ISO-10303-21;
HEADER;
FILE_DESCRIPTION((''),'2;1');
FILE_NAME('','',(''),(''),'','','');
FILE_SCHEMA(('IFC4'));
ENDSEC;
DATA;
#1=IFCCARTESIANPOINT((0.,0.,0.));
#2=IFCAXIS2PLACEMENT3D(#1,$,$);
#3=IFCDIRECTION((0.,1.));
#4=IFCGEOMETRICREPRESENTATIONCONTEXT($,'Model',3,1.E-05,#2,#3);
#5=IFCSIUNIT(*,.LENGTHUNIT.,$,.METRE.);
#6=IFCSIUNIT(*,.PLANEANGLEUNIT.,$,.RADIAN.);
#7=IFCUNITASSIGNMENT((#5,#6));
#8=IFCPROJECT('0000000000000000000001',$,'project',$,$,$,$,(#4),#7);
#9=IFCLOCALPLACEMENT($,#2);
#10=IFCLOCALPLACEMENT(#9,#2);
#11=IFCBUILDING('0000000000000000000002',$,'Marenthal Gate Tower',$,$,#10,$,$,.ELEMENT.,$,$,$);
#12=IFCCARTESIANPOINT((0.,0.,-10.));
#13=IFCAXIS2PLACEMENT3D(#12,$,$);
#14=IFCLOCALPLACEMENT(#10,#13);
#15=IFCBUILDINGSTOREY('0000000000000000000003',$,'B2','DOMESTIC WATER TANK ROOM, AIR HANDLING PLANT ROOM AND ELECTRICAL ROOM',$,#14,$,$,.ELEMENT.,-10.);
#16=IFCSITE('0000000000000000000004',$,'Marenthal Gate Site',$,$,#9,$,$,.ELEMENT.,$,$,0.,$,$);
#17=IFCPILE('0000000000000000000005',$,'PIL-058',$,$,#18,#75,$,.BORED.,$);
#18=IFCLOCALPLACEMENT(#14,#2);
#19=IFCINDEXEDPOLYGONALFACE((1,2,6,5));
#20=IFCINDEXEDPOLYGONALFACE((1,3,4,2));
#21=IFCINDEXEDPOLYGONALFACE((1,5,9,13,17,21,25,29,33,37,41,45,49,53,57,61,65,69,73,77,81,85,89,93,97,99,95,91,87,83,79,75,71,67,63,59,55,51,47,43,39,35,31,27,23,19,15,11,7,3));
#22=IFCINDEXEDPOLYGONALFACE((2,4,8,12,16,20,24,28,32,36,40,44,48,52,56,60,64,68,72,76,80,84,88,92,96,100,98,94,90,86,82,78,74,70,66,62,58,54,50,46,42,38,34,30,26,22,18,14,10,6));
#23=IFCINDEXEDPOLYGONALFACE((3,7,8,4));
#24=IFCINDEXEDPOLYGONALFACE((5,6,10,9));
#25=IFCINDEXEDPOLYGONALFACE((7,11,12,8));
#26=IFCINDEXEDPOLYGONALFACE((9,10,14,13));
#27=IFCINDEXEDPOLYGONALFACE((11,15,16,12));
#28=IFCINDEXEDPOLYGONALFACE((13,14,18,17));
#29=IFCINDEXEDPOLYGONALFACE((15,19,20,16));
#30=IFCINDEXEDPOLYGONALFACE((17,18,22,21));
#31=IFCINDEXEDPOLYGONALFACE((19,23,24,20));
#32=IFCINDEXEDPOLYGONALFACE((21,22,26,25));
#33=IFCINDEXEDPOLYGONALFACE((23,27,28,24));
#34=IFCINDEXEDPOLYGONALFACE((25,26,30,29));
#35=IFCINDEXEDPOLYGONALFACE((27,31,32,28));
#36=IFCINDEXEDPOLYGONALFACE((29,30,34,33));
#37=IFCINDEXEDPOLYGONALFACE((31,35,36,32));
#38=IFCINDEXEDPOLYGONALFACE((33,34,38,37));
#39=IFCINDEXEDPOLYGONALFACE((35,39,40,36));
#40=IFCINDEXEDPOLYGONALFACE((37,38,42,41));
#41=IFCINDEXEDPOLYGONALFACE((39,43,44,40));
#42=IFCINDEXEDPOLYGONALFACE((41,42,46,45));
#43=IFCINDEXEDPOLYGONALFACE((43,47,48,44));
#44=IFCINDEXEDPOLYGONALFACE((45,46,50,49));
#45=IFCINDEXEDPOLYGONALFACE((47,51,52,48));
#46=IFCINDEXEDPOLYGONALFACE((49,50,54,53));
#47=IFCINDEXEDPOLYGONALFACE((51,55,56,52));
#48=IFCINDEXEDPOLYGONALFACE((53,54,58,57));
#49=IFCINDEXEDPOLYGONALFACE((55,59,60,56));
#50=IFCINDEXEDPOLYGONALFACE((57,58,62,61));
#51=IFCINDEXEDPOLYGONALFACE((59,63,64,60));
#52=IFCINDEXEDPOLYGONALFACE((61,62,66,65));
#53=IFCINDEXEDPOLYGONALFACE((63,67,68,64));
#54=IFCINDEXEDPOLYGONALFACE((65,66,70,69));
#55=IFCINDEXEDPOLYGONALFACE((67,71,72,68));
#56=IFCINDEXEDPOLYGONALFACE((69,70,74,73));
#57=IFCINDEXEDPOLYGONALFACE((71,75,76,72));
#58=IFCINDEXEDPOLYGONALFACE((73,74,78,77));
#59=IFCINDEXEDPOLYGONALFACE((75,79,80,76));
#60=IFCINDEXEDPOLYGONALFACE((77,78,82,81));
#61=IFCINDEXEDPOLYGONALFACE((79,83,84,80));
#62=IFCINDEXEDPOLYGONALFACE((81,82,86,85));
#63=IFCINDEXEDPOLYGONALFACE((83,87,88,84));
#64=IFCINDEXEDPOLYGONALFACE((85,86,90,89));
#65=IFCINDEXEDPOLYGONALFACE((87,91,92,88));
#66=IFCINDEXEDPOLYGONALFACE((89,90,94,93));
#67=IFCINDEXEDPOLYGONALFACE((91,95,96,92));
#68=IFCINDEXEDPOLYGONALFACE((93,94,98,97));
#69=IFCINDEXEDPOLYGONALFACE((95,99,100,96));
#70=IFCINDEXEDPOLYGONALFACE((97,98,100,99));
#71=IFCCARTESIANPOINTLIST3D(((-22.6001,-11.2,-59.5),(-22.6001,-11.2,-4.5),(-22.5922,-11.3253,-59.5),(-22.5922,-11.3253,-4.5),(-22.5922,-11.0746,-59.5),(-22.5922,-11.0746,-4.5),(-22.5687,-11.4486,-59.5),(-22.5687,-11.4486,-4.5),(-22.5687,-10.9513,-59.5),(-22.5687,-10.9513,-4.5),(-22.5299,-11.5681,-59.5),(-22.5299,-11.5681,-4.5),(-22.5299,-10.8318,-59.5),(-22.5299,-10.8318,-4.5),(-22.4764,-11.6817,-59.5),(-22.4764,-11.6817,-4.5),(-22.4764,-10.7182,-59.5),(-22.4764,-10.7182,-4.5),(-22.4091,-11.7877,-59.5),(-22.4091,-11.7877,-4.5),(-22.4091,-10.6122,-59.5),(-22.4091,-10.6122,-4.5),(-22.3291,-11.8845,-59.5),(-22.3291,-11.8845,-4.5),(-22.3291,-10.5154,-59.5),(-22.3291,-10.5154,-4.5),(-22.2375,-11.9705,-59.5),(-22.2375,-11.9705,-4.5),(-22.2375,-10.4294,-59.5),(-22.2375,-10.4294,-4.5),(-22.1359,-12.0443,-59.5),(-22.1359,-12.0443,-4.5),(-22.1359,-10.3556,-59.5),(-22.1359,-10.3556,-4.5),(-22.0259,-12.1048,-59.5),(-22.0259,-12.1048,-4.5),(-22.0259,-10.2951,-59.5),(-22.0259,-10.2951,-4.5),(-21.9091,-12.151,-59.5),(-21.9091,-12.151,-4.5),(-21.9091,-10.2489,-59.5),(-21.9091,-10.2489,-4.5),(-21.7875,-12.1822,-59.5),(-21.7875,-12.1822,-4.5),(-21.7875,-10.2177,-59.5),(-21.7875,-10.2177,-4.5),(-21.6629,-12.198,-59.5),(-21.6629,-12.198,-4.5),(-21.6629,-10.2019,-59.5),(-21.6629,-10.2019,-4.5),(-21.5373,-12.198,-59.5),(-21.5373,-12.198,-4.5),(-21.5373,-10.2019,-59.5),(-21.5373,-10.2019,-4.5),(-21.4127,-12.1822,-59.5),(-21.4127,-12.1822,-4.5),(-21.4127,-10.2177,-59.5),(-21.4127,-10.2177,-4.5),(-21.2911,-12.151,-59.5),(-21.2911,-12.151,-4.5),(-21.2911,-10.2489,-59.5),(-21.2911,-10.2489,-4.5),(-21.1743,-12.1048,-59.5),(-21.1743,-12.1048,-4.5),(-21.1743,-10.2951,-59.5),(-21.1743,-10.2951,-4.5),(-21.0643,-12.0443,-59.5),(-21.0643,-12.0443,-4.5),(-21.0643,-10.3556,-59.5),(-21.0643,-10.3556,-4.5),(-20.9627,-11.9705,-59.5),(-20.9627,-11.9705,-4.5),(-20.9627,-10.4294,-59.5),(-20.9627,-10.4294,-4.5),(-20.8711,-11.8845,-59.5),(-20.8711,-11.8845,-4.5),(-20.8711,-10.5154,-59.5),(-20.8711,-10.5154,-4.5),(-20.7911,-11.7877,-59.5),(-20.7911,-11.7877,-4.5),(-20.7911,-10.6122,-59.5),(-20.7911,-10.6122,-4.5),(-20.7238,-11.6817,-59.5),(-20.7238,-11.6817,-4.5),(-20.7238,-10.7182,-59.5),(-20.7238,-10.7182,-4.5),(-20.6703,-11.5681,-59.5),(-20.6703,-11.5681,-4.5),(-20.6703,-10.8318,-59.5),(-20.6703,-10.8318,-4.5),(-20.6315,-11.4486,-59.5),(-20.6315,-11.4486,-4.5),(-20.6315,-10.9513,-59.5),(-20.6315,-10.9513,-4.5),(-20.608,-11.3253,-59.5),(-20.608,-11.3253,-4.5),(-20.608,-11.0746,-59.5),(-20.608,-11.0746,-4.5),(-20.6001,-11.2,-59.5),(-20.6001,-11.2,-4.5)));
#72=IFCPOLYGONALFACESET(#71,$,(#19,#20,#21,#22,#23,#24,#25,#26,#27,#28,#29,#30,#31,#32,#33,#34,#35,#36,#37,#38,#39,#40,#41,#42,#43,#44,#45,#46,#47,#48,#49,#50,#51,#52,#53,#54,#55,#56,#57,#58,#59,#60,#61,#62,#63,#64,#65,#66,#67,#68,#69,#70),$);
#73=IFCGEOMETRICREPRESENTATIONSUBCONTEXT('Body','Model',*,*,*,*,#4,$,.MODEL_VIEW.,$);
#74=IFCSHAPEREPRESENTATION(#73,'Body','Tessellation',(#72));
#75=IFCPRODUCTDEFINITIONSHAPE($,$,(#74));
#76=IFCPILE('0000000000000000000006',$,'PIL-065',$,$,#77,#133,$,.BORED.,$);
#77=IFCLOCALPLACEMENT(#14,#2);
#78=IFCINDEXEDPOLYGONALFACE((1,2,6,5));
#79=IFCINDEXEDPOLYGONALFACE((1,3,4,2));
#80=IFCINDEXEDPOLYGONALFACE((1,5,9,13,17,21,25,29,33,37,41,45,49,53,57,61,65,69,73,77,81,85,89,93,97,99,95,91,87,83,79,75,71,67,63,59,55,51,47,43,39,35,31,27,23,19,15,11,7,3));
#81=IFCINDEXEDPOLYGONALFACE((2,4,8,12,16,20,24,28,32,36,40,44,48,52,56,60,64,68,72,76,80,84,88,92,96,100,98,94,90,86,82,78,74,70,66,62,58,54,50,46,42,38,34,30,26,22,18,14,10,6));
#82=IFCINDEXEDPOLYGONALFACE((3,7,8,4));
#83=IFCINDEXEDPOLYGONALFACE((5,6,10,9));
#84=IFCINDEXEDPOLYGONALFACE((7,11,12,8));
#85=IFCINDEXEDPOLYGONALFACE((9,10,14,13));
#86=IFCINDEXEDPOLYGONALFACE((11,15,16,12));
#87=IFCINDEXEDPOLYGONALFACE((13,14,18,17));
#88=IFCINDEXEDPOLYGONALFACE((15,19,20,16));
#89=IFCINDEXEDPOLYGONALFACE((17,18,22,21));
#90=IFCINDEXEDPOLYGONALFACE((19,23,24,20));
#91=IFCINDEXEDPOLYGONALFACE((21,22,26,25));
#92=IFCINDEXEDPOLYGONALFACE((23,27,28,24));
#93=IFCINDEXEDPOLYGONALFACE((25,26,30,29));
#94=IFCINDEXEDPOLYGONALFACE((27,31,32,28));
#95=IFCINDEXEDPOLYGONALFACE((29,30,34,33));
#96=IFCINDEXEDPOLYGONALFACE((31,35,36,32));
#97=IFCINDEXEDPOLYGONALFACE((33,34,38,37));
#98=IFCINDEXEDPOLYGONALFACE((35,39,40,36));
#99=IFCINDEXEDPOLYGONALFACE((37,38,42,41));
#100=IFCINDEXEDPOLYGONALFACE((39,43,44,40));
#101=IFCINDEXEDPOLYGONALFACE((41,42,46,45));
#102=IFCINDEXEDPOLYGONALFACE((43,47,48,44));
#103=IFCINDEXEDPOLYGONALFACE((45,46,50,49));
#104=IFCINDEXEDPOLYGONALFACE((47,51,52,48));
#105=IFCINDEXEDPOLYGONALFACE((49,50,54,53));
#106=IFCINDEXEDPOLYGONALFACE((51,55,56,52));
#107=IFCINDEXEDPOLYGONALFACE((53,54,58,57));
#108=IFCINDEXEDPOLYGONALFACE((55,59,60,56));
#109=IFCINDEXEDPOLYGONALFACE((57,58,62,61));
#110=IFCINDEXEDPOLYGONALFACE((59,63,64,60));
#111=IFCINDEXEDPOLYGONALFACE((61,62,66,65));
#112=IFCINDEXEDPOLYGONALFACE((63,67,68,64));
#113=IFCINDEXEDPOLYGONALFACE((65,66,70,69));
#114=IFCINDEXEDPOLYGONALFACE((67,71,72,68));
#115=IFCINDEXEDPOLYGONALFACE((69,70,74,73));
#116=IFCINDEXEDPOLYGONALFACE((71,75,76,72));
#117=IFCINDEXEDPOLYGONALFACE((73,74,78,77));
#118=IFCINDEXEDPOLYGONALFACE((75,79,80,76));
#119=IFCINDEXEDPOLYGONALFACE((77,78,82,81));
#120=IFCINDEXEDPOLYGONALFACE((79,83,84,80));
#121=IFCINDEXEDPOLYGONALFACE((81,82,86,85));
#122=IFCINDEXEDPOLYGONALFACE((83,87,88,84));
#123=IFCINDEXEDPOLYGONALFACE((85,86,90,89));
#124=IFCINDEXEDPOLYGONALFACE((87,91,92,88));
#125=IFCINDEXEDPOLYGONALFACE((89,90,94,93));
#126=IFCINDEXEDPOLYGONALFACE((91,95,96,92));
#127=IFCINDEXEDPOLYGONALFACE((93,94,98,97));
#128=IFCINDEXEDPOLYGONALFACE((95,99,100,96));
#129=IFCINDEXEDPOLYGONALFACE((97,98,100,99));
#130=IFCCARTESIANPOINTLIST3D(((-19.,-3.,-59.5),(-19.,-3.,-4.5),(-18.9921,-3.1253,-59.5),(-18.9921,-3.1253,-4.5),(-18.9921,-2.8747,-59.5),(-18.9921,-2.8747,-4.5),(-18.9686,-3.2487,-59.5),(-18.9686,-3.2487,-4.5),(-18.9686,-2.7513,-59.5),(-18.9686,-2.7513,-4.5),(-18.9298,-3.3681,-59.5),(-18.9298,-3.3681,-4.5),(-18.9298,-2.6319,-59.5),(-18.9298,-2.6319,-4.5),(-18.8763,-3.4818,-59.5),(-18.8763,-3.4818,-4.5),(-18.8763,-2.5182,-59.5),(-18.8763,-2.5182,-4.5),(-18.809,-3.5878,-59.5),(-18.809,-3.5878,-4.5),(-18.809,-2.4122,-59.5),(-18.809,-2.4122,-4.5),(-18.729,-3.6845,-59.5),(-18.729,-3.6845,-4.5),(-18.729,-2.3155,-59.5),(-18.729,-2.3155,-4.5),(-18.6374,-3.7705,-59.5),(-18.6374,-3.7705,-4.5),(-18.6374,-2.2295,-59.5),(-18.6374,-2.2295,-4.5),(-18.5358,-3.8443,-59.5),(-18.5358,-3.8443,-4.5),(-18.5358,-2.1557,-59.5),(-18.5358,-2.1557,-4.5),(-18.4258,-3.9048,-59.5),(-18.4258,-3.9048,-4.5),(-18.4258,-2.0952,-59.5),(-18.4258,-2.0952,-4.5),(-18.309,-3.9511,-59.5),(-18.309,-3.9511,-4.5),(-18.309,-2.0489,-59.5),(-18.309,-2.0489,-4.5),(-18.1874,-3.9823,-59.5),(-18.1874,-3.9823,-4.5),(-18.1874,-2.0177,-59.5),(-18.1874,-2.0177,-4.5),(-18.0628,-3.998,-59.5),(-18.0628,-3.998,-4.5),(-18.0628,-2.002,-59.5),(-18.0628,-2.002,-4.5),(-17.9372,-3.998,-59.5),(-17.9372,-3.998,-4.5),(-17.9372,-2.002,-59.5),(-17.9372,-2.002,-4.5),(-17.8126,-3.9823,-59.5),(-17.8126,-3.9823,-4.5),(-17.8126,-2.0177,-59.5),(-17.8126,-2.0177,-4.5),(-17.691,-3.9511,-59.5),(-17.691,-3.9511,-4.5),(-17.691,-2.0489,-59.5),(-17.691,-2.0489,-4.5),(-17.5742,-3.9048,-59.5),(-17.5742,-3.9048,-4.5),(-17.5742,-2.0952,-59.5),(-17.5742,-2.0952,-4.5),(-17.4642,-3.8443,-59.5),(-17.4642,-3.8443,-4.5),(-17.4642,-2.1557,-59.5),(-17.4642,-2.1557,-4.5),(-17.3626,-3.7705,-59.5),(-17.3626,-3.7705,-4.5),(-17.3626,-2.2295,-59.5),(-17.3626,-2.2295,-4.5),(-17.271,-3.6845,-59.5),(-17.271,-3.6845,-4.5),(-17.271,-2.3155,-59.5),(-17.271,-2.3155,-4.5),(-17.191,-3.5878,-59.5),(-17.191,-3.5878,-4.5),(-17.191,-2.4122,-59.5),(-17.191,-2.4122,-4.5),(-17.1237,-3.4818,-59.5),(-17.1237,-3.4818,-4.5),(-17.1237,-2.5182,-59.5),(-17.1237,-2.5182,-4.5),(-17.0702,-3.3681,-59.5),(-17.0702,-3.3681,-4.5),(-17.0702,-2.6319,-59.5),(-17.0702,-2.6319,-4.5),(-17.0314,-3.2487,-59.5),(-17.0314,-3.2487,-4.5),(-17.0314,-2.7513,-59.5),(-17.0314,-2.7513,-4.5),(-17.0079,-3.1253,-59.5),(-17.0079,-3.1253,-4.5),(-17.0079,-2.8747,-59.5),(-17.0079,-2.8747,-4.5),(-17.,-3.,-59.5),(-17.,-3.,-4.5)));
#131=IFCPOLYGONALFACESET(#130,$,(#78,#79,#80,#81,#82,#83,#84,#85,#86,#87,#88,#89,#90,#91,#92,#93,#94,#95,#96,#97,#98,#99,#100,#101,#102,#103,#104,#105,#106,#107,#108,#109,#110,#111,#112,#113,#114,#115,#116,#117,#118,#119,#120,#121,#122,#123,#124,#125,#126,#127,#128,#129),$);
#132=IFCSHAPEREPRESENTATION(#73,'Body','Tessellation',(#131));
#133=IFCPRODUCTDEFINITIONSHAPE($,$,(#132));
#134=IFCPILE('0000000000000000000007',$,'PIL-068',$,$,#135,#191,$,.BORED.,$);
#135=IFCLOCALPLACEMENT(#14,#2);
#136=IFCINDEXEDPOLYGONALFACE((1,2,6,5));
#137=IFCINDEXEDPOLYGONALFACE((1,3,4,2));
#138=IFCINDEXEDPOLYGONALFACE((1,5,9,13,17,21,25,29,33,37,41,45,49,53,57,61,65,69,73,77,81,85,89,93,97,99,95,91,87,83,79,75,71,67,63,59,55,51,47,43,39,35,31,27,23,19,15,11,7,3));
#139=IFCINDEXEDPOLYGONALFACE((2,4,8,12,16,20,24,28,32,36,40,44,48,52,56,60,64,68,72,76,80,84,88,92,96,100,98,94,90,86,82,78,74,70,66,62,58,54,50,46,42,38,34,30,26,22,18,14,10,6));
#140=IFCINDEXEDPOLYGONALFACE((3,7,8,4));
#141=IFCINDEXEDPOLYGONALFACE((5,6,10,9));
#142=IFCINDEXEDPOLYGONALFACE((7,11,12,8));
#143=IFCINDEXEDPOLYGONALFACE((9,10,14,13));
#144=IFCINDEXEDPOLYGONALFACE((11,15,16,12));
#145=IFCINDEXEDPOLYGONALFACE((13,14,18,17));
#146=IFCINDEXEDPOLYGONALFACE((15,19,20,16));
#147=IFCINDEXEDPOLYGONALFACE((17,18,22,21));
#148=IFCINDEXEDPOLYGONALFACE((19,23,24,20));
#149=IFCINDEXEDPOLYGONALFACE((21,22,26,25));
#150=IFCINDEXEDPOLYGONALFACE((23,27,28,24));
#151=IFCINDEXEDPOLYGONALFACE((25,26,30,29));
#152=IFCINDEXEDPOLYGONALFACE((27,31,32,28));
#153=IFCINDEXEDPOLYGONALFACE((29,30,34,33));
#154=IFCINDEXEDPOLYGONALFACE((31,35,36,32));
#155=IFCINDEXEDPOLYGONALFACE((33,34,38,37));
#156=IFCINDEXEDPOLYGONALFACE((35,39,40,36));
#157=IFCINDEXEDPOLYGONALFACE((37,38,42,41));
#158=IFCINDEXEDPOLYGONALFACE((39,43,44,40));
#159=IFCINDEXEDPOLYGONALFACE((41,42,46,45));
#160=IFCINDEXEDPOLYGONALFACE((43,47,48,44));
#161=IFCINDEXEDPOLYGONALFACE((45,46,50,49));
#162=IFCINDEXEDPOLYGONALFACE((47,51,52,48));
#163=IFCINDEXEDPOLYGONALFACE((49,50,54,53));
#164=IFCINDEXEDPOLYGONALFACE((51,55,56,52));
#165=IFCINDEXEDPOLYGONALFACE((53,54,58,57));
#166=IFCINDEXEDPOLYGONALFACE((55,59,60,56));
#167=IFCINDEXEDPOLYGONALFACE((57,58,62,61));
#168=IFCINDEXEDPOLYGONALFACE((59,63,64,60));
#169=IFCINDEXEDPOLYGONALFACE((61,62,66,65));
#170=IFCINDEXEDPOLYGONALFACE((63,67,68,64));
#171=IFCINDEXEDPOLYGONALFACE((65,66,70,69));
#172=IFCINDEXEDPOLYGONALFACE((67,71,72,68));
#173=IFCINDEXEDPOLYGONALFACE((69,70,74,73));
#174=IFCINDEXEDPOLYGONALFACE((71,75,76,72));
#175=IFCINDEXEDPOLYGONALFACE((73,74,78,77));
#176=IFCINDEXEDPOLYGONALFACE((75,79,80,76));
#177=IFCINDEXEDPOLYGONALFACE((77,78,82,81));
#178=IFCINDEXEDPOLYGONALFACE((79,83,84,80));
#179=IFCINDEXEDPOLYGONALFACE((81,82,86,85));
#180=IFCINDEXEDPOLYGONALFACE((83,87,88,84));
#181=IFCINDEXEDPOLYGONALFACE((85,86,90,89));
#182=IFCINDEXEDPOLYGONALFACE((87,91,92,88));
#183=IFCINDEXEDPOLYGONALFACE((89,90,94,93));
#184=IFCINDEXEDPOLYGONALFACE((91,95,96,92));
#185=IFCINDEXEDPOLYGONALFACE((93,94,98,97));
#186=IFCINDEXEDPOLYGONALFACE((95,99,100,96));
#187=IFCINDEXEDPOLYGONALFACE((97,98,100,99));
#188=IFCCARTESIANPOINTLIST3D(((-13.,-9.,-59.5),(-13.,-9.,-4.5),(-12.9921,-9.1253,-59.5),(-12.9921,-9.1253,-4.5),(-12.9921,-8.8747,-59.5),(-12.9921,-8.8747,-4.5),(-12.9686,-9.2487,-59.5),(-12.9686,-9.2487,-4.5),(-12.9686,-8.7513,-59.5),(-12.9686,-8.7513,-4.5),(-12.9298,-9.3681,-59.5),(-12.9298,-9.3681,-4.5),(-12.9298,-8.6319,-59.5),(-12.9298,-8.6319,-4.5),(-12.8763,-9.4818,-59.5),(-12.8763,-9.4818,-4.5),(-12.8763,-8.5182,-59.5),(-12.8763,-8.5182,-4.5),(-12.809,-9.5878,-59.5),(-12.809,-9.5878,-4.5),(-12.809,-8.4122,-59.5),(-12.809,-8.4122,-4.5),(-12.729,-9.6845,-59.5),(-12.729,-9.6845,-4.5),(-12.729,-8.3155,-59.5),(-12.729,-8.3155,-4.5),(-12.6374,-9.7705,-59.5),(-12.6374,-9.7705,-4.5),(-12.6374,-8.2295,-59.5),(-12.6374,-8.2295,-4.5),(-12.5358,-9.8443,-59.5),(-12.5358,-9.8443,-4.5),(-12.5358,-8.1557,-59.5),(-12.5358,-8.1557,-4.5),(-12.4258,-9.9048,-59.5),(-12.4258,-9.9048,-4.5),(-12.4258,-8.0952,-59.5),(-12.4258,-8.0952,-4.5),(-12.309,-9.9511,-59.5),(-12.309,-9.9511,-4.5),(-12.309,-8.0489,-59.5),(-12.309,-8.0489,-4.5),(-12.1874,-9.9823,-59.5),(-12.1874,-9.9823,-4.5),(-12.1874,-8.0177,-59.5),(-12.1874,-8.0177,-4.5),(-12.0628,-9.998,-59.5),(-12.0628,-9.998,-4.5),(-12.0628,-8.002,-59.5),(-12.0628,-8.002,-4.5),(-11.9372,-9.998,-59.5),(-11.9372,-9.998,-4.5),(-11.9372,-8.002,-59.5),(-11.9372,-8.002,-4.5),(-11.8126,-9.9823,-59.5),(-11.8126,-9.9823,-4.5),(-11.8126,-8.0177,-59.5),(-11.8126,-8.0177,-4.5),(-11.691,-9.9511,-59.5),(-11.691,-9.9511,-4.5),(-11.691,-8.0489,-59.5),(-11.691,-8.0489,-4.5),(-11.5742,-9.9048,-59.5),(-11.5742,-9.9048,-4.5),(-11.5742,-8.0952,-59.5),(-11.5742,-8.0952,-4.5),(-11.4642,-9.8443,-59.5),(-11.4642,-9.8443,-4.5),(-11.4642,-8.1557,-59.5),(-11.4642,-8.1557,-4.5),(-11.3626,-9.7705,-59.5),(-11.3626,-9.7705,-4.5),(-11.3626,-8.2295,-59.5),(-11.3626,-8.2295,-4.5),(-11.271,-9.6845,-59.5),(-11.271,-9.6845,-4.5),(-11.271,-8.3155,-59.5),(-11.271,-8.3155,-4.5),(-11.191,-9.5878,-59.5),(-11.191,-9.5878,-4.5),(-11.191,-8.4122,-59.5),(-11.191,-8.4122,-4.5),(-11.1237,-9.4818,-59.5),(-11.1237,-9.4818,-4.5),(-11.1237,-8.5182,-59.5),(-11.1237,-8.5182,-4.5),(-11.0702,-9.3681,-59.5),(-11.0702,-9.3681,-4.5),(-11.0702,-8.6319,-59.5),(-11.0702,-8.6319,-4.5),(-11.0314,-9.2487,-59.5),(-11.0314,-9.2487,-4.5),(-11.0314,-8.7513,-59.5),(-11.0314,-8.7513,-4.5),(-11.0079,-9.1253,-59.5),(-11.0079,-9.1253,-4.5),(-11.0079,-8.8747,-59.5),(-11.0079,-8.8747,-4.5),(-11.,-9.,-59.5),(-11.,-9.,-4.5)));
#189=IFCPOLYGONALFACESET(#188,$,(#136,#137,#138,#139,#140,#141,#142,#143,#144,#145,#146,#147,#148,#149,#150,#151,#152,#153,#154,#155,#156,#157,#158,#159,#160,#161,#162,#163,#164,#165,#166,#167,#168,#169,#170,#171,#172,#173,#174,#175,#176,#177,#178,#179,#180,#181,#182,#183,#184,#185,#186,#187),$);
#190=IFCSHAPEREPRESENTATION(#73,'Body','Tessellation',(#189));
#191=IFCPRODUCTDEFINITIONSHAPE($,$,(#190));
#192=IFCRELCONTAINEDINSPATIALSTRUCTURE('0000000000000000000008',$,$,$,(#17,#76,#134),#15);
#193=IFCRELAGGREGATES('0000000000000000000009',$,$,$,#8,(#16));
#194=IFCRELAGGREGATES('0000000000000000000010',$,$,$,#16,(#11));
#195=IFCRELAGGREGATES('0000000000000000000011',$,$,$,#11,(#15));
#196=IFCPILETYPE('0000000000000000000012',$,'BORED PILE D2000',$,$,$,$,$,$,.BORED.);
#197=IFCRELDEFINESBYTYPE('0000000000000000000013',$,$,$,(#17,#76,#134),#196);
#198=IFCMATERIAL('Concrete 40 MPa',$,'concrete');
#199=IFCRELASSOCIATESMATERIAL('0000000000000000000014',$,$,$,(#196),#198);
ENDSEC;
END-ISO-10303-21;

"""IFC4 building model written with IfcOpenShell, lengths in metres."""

from ifc_helpers import new_model, si_unit, direction, frame, origin, origin_2d, place, context, subcontext, project, spatial, circle, extrude, material, type_object, element, save


model = new_model("IFC4")

# Units and contexts
model_context = context("Model", 3, precision=1e-05, world=origin(), true_north=direction((0.0, 1.0)))
body_context = subcontext(model_context, "Body", "Model", "MODEL_VIEW")
ifc_project = project(units=[si_unit("LENGTHUNIT", "METRE"), si_unit("PLANEANGLEUNIT", "RADIAN")], contexts=[model_context])

# Site, building, storey
site_placement = place(None, origin())
site = spatial("IfcSite", under=ifc_project, at=site_placement, Name="Marenthal Gate Site", CompositionType="ELEMENT", RefElevation=0.0)
building_placement = place(site_placement, origin())
building = spatial("IfcBuilding", under=site, at=building_placement, Name="Marenthal Gate Tower", CompositionType="ELEMENT")
storey_placement = place(building_placement, frame((0.0, 0.0, -10.0)))
storey = spatial("IfcBuildingStorey", under=building, at=storey_placement, Name="B2", Description="DOMESTIC WATER TANK ROOM, AIR HANDLING PLANT ROOM AND ELECTRICAL ROOM", CompositionType="ELEMENT", Elevation=-10.0)

# Piles
ifc_material_1 = material(Name="Concrete 40 MPa", Category="concrete")
pile_type = type_object("IfcPileType", Name="BORED PILE D2000", PredefinedType="BORED", material=ifc_material_1)
for number, where, z_axis, x_axis, name in (
    (1, (-21.6001, -11.2, -4.5), (0.0, 0.0, -1.0), (1.0, 0.0, 0.0), "PIL-058"),
    (2, (-18.0, -3.0, -4.5), (0.0, 0.0, -1.0), (1.0, 0.0, 0.0), "PIL-065"),
    (3, (-12.0, -9.0, -4.5), (0.0, 0.0, -1.0), (1.0, 0.0, 0.0), "PIL-068"),
):
    element("IfcPile", number, at=place(storey_placement, frame(where, z_axis=z_axis, x_axis=x_axis)), inside=storey, type_object=pile_type, Name=name, PredefinedType="BORED", context=body_context, shape_type="SweptSolid", body=[
        extrude(circle(Radius=1.0, at=origin_2d()), origin(), (0.0, 0.0, 1.0), 55.0),
    ])

save(model, "model.ifc")
